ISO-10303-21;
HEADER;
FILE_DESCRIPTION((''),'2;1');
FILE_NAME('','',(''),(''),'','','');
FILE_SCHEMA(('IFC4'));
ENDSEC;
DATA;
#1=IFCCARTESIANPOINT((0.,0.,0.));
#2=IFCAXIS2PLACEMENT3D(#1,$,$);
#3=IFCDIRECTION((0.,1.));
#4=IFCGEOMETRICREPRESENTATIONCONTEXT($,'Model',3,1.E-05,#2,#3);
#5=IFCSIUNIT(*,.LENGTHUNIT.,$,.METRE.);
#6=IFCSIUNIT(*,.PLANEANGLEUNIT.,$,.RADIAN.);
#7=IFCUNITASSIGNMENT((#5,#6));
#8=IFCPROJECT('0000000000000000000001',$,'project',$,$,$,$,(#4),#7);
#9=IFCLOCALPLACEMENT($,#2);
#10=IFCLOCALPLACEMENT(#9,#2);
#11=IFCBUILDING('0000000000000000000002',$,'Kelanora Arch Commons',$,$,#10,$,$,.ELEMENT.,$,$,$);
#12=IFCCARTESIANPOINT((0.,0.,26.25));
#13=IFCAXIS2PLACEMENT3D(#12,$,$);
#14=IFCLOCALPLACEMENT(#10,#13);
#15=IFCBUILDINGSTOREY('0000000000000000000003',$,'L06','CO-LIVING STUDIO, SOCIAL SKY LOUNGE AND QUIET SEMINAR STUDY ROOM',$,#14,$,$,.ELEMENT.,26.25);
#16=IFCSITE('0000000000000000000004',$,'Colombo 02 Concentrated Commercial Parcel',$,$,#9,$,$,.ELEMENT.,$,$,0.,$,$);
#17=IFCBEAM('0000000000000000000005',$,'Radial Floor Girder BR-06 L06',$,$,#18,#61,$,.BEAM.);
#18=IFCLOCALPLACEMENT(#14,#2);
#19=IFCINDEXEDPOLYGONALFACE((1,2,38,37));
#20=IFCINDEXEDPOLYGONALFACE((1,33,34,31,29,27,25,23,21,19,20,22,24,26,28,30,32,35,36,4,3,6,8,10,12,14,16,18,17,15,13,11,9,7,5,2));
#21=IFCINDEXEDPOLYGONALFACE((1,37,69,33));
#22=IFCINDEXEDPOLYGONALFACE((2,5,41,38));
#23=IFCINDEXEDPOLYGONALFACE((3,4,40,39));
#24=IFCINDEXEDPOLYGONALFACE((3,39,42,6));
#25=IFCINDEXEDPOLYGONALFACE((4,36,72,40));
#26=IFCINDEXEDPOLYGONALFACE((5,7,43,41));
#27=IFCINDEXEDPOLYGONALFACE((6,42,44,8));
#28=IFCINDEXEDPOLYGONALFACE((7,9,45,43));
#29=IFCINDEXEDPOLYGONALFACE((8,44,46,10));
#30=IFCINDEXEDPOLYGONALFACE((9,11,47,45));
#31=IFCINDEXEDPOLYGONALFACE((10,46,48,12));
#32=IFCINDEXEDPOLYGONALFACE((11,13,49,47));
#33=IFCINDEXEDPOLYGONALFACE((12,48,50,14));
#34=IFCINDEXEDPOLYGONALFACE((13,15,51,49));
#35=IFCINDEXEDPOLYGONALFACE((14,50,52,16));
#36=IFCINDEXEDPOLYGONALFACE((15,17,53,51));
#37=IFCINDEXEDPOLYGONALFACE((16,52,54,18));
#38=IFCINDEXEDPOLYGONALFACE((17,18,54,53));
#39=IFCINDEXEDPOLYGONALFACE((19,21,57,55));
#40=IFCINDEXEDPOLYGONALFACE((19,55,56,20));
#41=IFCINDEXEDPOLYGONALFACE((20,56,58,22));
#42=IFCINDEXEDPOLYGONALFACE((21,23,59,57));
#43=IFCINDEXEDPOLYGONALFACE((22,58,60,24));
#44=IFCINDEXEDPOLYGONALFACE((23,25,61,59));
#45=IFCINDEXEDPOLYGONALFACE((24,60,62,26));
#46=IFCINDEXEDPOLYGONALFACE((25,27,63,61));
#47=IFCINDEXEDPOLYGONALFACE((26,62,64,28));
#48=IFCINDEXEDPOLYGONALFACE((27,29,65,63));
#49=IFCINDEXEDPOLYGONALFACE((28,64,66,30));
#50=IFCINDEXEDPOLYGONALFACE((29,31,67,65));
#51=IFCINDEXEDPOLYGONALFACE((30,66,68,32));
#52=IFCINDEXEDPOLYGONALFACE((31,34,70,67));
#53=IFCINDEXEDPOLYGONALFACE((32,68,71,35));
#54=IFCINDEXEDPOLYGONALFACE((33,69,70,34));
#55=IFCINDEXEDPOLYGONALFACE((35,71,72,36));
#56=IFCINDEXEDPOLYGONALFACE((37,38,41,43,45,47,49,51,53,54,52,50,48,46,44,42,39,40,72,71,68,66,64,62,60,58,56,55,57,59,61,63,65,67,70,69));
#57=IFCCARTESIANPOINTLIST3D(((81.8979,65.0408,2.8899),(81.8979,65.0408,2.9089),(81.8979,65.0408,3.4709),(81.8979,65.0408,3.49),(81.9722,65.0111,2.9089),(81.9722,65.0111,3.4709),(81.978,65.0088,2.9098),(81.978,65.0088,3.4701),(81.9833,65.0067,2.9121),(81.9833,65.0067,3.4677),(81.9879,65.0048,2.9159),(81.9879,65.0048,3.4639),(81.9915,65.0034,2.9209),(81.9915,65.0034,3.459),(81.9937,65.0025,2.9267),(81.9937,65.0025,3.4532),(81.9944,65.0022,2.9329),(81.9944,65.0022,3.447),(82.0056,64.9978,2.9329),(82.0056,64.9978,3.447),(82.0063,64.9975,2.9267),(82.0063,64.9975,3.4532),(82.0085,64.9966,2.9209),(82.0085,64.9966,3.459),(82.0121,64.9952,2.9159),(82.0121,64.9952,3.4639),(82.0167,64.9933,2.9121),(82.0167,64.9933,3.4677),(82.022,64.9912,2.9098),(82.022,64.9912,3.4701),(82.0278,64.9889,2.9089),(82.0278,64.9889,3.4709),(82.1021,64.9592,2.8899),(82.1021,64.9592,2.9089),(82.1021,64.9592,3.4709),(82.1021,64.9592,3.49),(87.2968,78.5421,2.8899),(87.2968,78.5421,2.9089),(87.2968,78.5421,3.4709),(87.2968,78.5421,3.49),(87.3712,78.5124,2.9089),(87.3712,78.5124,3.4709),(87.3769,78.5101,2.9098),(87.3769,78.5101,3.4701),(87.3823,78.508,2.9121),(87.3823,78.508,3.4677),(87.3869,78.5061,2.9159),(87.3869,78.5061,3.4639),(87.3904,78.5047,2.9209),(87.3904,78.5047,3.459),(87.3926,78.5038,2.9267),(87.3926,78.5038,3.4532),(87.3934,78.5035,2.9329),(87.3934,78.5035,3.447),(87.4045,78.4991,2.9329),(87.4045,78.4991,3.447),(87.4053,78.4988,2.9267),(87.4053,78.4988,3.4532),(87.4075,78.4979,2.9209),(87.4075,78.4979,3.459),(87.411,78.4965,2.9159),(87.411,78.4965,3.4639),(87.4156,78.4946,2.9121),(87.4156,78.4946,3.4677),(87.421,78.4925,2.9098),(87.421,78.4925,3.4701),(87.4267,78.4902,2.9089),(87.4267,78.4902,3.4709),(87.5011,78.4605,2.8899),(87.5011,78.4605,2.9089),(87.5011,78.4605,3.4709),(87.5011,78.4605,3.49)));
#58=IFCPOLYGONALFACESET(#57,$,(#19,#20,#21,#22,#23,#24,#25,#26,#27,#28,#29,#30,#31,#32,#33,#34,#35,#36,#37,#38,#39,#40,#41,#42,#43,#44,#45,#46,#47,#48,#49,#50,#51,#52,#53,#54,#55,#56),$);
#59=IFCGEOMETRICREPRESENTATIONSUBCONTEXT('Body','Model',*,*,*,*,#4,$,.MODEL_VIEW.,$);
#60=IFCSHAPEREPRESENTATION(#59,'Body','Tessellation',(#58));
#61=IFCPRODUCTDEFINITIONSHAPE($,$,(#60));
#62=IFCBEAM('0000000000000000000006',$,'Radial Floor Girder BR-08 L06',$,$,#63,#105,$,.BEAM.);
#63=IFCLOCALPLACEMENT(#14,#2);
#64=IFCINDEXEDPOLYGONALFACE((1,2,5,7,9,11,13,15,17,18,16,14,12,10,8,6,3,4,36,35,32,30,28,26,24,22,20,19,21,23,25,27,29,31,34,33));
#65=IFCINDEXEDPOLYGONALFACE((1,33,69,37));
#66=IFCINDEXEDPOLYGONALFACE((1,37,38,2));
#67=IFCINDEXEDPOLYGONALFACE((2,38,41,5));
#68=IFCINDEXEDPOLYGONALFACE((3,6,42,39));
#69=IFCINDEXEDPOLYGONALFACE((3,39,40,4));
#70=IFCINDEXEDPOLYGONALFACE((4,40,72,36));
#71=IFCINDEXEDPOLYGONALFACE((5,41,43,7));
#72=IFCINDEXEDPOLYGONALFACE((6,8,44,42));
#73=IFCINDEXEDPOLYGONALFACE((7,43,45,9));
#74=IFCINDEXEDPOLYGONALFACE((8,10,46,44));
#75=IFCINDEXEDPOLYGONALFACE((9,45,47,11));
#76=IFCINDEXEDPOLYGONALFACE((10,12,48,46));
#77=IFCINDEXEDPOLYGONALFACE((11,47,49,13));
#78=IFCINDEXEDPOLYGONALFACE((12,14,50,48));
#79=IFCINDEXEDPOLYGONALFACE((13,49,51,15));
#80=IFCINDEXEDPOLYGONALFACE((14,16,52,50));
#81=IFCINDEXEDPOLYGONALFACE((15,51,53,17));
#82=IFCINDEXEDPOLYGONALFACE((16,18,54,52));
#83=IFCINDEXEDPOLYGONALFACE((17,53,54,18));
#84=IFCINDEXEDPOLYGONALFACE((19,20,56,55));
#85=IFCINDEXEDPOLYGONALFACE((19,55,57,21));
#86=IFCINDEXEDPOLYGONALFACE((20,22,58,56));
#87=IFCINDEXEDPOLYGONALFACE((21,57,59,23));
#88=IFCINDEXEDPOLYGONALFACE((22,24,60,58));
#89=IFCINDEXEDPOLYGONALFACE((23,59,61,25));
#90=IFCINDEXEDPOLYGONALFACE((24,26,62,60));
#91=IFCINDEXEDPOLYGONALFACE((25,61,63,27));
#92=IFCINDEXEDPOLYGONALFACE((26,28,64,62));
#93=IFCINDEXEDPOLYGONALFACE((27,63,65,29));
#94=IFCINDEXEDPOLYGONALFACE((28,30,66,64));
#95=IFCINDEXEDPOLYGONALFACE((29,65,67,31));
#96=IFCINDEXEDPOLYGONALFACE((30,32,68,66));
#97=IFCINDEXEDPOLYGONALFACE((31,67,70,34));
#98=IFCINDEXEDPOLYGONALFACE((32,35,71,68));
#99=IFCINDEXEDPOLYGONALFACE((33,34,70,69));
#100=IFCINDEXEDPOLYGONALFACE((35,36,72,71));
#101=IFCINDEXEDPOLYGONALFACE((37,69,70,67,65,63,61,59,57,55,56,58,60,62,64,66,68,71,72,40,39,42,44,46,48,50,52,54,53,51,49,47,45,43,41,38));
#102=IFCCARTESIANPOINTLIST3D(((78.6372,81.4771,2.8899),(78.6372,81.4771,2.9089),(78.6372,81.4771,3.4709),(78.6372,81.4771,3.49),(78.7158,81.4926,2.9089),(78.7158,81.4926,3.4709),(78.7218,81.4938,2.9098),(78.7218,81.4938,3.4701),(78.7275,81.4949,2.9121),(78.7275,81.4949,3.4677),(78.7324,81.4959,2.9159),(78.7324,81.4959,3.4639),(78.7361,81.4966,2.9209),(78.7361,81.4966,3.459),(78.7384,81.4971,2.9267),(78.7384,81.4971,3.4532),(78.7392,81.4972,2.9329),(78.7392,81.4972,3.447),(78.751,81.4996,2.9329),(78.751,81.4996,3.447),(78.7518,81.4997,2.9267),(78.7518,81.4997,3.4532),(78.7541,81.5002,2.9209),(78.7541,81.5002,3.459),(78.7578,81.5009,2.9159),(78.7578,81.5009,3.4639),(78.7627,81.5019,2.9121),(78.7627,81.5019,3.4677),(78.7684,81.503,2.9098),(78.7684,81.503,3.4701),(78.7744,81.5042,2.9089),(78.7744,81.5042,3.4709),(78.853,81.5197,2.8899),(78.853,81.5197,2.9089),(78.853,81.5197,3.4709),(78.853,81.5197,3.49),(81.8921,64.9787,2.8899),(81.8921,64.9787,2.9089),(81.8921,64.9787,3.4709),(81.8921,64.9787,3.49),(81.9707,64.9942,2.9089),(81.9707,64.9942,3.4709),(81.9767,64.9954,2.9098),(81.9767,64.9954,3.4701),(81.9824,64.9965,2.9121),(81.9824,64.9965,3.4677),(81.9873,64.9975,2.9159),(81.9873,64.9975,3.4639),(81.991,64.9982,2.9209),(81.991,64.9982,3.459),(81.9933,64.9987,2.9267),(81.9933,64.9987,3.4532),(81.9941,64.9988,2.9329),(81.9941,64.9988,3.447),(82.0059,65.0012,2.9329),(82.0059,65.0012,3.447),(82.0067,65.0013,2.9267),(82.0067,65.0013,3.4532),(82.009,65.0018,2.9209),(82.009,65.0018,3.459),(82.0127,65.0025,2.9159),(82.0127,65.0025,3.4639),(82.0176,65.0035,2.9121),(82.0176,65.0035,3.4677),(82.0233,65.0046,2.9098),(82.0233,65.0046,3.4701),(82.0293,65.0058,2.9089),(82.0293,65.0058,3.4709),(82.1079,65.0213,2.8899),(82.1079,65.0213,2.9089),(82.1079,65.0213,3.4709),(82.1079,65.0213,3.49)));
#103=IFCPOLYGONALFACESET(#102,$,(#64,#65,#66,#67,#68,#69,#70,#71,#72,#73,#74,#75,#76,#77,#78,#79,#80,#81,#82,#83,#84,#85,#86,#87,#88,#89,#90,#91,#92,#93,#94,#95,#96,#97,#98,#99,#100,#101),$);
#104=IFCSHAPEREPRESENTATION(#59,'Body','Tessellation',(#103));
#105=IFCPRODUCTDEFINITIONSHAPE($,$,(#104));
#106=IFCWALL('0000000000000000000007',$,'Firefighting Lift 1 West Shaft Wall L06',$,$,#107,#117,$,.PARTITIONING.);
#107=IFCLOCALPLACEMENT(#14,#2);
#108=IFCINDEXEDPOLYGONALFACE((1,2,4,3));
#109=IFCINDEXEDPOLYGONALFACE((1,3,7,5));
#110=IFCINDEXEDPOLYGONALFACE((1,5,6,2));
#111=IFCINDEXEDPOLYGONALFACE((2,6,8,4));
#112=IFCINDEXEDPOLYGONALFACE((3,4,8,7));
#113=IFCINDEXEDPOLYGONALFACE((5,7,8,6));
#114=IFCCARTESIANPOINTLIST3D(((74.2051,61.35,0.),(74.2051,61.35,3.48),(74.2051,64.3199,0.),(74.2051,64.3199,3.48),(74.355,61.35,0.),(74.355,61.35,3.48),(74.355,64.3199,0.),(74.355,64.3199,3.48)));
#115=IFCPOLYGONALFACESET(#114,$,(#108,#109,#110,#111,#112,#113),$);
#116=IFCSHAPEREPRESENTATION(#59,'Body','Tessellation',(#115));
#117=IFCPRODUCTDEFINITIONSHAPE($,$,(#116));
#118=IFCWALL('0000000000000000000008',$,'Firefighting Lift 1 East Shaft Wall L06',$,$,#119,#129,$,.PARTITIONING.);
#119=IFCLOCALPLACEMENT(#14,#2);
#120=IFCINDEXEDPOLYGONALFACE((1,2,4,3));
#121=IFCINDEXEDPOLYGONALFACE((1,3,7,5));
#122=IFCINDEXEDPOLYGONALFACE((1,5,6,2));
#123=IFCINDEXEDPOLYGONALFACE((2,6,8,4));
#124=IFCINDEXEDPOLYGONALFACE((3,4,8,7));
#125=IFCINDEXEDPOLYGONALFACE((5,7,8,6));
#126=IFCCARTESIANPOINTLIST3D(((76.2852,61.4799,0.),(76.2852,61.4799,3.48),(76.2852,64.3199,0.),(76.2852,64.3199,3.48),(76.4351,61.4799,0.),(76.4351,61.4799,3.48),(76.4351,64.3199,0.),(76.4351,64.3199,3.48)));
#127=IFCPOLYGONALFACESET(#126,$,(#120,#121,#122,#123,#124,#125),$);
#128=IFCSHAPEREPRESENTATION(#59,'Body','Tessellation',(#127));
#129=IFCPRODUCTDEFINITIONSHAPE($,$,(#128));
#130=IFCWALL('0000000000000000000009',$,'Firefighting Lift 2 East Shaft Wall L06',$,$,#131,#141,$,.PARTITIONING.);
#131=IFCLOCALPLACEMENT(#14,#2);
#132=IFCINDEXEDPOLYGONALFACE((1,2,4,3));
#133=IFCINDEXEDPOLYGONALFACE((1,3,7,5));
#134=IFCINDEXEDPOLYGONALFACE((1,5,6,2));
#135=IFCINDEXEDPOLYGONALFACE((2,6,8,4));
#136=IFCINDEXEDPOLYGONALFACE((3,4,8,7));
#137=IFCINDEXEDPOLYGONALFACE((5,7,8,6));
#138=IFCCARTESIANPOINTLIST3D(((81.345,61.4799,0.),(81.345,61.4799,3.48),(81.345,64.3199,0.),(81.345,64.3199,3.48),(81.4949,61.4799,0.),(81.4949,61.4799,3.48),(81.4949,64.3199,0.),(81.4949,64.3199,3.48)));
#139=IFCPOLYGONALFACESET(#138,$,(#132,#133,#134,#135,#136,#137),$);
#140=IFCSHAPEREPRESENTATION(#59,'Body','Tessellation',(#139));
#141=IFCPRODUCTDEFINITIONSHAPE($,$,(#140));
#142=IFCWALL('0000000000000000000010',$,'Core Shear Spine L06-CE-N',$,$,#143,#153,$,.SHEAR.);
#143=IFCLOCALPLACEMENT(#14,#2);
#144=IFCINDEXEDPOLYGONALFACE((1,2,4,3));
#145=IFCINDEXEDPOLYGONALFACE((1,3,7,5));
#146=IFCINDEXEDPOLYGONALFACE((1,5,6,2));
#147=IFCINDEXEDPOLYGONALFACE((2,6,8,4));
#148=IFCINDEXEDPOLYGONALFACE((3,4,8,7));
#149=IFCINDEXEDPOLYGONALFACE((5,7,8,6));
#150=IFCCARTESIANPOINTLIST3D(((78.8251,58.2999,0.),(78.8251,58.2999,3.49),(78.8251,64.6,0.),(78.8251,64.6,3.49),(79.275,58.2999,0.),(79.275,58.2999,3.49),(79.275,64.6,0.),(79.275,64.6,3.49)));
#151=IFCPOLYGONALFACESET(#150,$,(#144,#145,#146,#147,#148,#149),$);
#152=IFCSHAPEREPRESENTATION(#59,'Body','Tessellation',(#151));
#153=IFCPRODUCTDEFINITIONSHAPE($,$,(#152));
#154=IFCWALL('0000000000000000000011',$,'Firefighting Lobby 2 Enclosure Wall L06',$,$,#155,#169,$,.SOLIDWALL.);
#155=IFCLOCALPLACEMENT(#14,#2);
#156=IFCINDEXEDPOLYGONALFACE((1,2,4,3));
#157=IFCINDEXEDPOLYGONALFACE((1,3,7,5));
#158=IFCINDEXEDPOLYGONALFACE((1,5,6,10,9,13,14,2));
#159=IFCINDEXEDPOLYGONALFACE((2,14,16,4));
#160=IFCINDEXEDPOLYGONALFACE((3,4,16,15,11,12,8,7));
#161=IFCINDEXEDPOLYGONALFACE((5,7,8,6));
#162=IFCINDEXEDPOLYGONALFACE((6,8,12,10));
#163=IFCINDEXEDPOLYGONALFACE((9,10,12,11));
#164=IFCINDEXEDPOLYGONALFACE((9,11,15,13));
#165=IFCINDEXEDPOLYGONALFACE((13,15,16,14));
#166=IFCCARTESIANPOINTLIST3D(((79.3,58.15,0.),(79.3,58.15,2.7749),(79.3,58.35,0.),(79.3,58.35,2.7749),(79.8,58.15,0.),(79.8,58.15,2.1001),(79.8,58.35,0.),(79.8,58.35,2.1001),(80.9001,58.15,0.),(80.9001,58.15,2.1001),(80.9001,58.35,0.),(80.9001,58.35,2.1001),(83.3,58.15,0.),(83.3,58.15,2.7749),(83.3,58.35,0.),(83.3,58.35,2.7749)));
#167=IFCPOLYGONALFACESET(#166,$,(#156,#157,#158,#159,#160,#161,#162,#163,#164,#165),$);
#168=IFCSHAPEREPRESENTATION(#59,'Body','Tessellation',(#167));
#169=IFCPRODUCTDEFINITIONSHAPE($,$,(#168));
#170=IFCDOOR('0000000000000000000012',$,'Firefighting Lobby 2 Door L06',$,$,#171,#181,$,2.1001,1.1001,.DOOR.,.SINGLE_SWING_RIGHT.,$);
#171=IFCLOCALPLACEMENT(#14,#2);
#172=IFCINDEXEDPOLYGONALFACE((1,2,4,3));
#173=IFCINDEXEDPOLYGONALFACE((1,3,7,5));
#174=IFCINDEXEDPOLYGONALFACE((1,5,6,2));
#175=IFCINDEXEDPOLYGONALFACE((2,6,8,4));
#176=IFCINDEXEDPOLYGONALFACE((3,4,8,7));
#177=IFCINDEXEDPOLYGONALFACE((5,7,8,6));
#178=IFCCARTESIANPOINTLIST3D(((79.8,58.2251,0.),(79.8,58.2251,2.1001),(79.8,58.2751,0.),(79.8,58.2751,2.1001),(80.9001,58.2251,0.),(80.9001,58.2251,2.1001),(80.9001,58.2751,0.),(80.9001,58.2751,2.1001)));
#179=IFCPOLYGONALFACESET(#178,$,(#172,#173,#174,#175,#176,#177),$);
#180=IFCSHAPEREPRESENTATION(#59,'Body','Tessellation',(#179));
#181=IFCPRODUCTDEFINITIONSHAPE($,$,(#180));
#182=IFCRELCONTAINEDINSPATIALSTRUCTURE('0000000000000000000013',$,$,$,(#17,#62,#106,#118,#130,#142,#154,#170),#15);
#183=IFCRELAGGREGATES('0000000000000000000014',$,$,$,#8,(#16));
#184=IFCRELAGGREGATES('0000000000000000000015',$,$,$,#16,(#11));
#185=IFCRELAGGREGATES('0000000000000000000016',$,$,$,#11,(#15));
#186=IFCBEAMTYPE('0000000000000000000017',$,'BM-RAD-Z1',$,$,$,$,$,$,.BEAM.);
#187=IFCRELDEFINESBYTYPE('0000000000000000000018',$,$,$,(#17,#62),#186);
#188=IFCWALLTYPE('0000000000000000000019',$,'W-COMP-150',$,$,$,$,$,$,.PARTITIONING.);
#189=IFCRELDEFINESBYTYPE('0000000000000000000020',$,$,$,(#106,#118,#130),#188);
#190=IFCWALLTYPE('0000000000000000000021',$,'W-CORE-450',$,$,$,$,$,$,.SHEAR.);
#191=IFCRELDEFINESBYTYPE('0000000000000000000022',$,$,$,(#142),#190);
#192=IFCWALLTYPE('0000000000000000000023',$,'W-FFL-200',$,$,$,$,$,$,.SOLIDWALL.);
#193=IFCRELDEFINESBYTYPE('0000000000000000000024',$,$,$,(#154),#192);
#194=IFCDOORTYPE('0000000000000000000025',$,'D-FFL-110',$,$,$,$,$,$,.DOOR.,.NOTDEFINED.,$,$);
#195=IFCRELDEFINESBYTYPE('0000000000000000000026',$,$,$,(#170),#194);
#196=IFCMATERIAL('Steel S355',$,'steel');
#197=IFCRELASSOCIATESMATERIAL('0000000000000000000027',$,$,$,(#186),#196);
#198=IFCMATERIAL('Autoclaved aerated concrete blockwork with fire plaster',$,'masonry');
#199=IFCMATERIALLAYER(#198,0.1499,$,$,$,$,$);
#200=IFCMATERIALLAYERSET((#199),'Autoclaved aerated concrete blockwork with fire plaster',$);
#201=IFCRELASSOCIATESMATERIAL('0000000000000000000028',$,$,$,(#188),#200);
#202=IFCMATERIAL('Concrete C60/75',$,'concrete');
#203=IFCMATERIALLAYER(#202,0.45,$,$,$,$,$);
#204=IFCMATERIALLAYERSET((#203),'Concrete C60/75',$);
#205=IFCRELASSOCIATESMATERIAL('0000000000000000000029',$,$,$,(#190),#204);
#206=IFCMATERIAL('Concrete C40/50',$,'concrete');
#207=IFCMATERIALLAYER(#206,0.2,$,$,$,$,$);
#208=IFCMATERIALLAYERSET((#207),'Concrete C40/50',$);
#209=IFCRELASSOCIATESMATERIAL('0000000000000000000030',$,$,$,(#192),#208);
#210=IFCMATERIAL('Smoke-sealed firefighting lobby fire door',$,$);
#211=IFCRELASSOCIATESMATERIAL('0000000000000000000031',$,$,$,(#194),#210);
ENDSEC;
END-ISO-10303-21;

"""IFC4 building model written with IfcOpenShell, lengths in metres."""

from ifc_helpers import new_model, si_unit, direction, frame, frame_2d, origin, origin_2d, place, context, subcontext, project, spatial, rectangle, i_section, extrude, material, layer, layer_set, material_profile, profile_set, type_object, element, fill, save


model = new_model("IFC4")

# Units and contexts
model_context = context("Model", 3, precision=1e-05, world=origin(), true_north=direction((0.0, 1.0)))
body_context = subcontext(model_context, "Body", "Model", "MODEL_VIEW")
ifc_project = project(units=[si_unit("LENGTHUNIT", "METRE"), si_unit("PLANEANGLEUNIT", "RADIAN")], contexts=[model_context])

# Site, building, storey
site_placement = place(None, origin())
site = spatial("IfcSite", under=ifc_project, at=site_placement, Name="Colombo 02 Concentrated Commercial Parcel", CompositionType="ELEMENT", RefElevation=0.0)
building_placement = place(site_placement, origin())
building = spatial("IfcBuilding", under=site, at=building_placement, Name="Kelanora Arch Commons", CompositionType="ELEMENT")
storey_placement = place(building_placement, frame((0.0, 0.0, 26.25)))
storey = spatial("IfcBuildingStorey", under=building, at=storey_placement, Name="L06", Description="CO-LIVING STUDIO, SOCIAL SKY LOUNGE AND QUIET SEMINAR STUDY ROOM", CompositionType="ELEMENT", Elevation=26.25)

# Shared definitions
ifc_material_1 = material(Name="Concrete C60/75", Category="concrete")

# Beams
ifc_material_2 = material(Name="Steel S355", Category="steel")
ifc_material_profile_1 = material_profile(ifc_material_2, i_section(OverallWidth=0.22, OverallDepth=0.6001, WebThickness=0.012, FlangeThickness=0.019, FilletRadius=0.0239, at=origin_2d()), Name="IPE600")
ifc_profile_set_1 = profile_set([ifc_material_profile_1], Name="Steel S355")
beam_type_1 = type_object("IfcBeamType", Name="BM-RAD-Z1", PredefinedType="BEAM", material=ifc_profile_set_1)
beam_1_placement = place(storey_placement, frame((82.0, 65.0, 3.1899), z_axis=(0.371298, 0.928514, 0.0), x_axis=(-0.928514, 0.371298, 0.0)))
element("IfcBeam", 1, at=beam_1_placement, inside=storey, type_object=beam_type_1, Name="Radial Floor Girder BR-06 L06", PredefinedType="BEAM", context=body_context, shape_type="SweptSolid", body=[
    extrude(i_section(OverallWidth=0.22, OverallDepth=0.6001, WebThickness=0.012, FlangeThickness=0.019, FilletRadius=0.0239, at=origin_2d()), origin(), (0.0, 0.0, 1.0), 14.5408),
])
beam_2_placement = place(storey_placement, frame((82.0, 65.0, 3.1899), z_axis=(-0.193555, 0.981089, 0.0), x_axis=(-0.981089, -0.193555, 0.0)))
element("IfcBeam", 2, at=beam_2_placement, inside=storey, type_object=beam_type_1, Name="Radial Floor Girder BR-08 L06", PredefinedType="BEAM", context=body_context, shape_type="SweptSolid", body=[
    extrude(i_section(OverallWidth=0.22, OverallDepth=0.6001, WebThickness=0.012, FlangeThickness=0.019, FilletRadius=0.0239, at=origin_2d()), origin(), (0.0, 0.0, 1.0), 16.8164),
])

# Walls
ifc_material_3 = material(Name="Autoclaved aerated concrete blockwork with fire plaster", Category="masonry")
ifc_layer_1 = layer(ifc_material_3, 0.1499)
ifc_layer_set_1 = layer_set([ifc_layer_1], Name="Autoclaved aerated concrete blockwork with fire plaster")
wall_type_1 = type_object("IfcWallType", Name="W-COMP-150", PredefinedType="PARTITIONING", material=ifc_layer_set_1)
wall_1_placement = place(storey_placement, frame((74.28, 61.3501, 0.0), z_axis=(0.0, 0.0, 1.0), x_axis=(0.0, 1.0, 0.0)))
element("IfcWall", 3, at=wall_1_placement, inside=storey, type_object=wall_type_1, Name="Firefighting Lift 1 West Shaft Wall L06", PredefinedType="PARTITIONING", context=body_context, shape_type="SweptSolid", body=[
    extrude(rectangle(XDim=2.97, YDim=0.1499, at=frame_2d((1.4849, 0.0))), origin(), (0.0, 0.0, 1.0), 3.48),
])
for number, where, z_axis, x_axis, name in (
    (4, (76.3601, 61.48, 0.0), (0.0, 0.0, 1.0), (0.0, 1.0, 0.0), "Firefighting Lift 1 East Shaft Wall L06"),
    (5, (81.4199, 61.48, 0.0), (0.0, 0.0, 1.0), (0.0, 1.0, 0.0), "Firefighting Lift 2 East Shaft Wall L06"),
):
    element("IfcWall", number, at=place(storey_placement, frame(where, z_axis=z_axis, x_axis=x_axis)), inside=storey, type_object=wall_type_1, Name=name, PredefinedType="PARTITIONING", context=body_context, shape_type="SweptSolid", body=[
        extrude(rectangle(XDim=2.8401, YDim=0.1499, at=frame_2d((1.4199, 0.0))), origin(), (0.0, 0.0, 1.0), 3.48),
    ])
ifc_layer_2 = layer(ifc_material_1, 0.45)
ifc_layer_set_2 = layer_set([ifc_layer_2], Name="Concrete C60/75")
wall_type_2 = type_object("IfcWallType", Name="W-CORE-450", PredefinedType="SHEAR", material=ifc_layer_set_2)
wall_2_placement = place(storey_placement, frame((79.05, 58.3, 0.0), z_axis=(0.0, 0.0, 1.0), x_axis=(0.0, 1.0, 0.0)))
element("IfcWall", 6, at=wall_2_placement, inside=storey, type_object=wall_type_2, Name="Core Shear Spine L06-CE-N", PredefinedType="SHEAR", context=body_context, shape_type="SweptSolid", body=[
    extrude(rectangle(XDim=6.3, YDim=0.45, at=frame_2d((3.1499, 0.0))), origin(), (0.0, 0.0, 1.0), 3.49),
])

# Wall, opening, door
ifc_material_4 = material(Name="Concrete C40/50", Category="concrete")
ifc_layer_3 = layer(ifc_material_4, 0.2)
ifc_layer_set_3 = layer_set([ifc_layer_3], Name="Concrete C40/50")
wall_type_3 = type_object("IfcWallType", Name="W-FFL-200", PredefinedType="SOLIDWALL", material=ifc_layer_set_3)
wall_3_placement = place(storey_placement, frame((79.3, 58.25, 0.0), z_axis=(0.0, 0.0, 1.0), x_axis=(1.0, 0.0, 0.0)))
wall_3 = element("IfcWall", 7, at=wall_3_placement, inside=storey, type_object=wall_type_3, Name="Firefighting Lobby 2 Enclosure Wall L06", PredefinedType="SOLIDWALL", context=body_context, shape_type="SweptSolid", body=[
    extrude(rectangle(XDim=4.0, YDim=0.2, at=frame_2d((2.0, 0.0))), origin(), (0.0, 0.0, 1.0), 2.7749),
])
opening_1_placement = place(wall_3_placement, frame((0.5, 0.0, 0.0)))
opening_1 = element("IfcOpeningElement", 8, at=opening_1_placement, cuts=wall_3, PredefinedType="OPENING", context=body_context, shape_type="SweptSolid", body=[
    extrude(rectangle(XDim=1.1001, YDim=2.1001, at=frame_2d((0.55, 1.05))), frame((0.0, 0.1099, 0.0), z_axis=(0.0, -1.0, 0.0), x_axis=(1.0, 0.0, 0.0)), (0.0, 0.0, 1.0), 0.22),
])
ifc_material_5 = material(Name="Smoke-sealed firefighting lobby fire door")
door_type_1 = type_object("IfcDoorType", Name="D-FFL-110", OperationType="NOTDEFINED", PredefinedType="DOOR", material=ifc_material_5)
door_1_placement = place(opening_1_placement, frame((1.1001, 0.0, 0.0), z_axis=(0.0, 0.0, 1.0), x_axis=(-1.0, 0.0, 0.0)))
door_1 = element("IfcDoor", 9, at=door_1_placement, inside=storey, type_object=door_type_1, Name="Firefighting Lobby 2 Door L06", OperationType="SINGLE_SWING_RIGHT", OverallHeight=2.1001, OverallWidth=1.1001, PredefinedType="DOOR", context=body_context, shape_type="SweptSolid", body=[
    extrude(rectangle(XDim=1.1001, YDim=2.1001, at=frame_2d((0.55, 1.05))), frame((0.0, 0.0249, 0.0), z_axis=(0.0, -1.0, 0.0), x_axis=(1.0, 0.0, 0.0)), (0.0, 0.0, 1.0), 0.05),
])
fill(opening_1, door_1)

save(model, "model.ifc")
